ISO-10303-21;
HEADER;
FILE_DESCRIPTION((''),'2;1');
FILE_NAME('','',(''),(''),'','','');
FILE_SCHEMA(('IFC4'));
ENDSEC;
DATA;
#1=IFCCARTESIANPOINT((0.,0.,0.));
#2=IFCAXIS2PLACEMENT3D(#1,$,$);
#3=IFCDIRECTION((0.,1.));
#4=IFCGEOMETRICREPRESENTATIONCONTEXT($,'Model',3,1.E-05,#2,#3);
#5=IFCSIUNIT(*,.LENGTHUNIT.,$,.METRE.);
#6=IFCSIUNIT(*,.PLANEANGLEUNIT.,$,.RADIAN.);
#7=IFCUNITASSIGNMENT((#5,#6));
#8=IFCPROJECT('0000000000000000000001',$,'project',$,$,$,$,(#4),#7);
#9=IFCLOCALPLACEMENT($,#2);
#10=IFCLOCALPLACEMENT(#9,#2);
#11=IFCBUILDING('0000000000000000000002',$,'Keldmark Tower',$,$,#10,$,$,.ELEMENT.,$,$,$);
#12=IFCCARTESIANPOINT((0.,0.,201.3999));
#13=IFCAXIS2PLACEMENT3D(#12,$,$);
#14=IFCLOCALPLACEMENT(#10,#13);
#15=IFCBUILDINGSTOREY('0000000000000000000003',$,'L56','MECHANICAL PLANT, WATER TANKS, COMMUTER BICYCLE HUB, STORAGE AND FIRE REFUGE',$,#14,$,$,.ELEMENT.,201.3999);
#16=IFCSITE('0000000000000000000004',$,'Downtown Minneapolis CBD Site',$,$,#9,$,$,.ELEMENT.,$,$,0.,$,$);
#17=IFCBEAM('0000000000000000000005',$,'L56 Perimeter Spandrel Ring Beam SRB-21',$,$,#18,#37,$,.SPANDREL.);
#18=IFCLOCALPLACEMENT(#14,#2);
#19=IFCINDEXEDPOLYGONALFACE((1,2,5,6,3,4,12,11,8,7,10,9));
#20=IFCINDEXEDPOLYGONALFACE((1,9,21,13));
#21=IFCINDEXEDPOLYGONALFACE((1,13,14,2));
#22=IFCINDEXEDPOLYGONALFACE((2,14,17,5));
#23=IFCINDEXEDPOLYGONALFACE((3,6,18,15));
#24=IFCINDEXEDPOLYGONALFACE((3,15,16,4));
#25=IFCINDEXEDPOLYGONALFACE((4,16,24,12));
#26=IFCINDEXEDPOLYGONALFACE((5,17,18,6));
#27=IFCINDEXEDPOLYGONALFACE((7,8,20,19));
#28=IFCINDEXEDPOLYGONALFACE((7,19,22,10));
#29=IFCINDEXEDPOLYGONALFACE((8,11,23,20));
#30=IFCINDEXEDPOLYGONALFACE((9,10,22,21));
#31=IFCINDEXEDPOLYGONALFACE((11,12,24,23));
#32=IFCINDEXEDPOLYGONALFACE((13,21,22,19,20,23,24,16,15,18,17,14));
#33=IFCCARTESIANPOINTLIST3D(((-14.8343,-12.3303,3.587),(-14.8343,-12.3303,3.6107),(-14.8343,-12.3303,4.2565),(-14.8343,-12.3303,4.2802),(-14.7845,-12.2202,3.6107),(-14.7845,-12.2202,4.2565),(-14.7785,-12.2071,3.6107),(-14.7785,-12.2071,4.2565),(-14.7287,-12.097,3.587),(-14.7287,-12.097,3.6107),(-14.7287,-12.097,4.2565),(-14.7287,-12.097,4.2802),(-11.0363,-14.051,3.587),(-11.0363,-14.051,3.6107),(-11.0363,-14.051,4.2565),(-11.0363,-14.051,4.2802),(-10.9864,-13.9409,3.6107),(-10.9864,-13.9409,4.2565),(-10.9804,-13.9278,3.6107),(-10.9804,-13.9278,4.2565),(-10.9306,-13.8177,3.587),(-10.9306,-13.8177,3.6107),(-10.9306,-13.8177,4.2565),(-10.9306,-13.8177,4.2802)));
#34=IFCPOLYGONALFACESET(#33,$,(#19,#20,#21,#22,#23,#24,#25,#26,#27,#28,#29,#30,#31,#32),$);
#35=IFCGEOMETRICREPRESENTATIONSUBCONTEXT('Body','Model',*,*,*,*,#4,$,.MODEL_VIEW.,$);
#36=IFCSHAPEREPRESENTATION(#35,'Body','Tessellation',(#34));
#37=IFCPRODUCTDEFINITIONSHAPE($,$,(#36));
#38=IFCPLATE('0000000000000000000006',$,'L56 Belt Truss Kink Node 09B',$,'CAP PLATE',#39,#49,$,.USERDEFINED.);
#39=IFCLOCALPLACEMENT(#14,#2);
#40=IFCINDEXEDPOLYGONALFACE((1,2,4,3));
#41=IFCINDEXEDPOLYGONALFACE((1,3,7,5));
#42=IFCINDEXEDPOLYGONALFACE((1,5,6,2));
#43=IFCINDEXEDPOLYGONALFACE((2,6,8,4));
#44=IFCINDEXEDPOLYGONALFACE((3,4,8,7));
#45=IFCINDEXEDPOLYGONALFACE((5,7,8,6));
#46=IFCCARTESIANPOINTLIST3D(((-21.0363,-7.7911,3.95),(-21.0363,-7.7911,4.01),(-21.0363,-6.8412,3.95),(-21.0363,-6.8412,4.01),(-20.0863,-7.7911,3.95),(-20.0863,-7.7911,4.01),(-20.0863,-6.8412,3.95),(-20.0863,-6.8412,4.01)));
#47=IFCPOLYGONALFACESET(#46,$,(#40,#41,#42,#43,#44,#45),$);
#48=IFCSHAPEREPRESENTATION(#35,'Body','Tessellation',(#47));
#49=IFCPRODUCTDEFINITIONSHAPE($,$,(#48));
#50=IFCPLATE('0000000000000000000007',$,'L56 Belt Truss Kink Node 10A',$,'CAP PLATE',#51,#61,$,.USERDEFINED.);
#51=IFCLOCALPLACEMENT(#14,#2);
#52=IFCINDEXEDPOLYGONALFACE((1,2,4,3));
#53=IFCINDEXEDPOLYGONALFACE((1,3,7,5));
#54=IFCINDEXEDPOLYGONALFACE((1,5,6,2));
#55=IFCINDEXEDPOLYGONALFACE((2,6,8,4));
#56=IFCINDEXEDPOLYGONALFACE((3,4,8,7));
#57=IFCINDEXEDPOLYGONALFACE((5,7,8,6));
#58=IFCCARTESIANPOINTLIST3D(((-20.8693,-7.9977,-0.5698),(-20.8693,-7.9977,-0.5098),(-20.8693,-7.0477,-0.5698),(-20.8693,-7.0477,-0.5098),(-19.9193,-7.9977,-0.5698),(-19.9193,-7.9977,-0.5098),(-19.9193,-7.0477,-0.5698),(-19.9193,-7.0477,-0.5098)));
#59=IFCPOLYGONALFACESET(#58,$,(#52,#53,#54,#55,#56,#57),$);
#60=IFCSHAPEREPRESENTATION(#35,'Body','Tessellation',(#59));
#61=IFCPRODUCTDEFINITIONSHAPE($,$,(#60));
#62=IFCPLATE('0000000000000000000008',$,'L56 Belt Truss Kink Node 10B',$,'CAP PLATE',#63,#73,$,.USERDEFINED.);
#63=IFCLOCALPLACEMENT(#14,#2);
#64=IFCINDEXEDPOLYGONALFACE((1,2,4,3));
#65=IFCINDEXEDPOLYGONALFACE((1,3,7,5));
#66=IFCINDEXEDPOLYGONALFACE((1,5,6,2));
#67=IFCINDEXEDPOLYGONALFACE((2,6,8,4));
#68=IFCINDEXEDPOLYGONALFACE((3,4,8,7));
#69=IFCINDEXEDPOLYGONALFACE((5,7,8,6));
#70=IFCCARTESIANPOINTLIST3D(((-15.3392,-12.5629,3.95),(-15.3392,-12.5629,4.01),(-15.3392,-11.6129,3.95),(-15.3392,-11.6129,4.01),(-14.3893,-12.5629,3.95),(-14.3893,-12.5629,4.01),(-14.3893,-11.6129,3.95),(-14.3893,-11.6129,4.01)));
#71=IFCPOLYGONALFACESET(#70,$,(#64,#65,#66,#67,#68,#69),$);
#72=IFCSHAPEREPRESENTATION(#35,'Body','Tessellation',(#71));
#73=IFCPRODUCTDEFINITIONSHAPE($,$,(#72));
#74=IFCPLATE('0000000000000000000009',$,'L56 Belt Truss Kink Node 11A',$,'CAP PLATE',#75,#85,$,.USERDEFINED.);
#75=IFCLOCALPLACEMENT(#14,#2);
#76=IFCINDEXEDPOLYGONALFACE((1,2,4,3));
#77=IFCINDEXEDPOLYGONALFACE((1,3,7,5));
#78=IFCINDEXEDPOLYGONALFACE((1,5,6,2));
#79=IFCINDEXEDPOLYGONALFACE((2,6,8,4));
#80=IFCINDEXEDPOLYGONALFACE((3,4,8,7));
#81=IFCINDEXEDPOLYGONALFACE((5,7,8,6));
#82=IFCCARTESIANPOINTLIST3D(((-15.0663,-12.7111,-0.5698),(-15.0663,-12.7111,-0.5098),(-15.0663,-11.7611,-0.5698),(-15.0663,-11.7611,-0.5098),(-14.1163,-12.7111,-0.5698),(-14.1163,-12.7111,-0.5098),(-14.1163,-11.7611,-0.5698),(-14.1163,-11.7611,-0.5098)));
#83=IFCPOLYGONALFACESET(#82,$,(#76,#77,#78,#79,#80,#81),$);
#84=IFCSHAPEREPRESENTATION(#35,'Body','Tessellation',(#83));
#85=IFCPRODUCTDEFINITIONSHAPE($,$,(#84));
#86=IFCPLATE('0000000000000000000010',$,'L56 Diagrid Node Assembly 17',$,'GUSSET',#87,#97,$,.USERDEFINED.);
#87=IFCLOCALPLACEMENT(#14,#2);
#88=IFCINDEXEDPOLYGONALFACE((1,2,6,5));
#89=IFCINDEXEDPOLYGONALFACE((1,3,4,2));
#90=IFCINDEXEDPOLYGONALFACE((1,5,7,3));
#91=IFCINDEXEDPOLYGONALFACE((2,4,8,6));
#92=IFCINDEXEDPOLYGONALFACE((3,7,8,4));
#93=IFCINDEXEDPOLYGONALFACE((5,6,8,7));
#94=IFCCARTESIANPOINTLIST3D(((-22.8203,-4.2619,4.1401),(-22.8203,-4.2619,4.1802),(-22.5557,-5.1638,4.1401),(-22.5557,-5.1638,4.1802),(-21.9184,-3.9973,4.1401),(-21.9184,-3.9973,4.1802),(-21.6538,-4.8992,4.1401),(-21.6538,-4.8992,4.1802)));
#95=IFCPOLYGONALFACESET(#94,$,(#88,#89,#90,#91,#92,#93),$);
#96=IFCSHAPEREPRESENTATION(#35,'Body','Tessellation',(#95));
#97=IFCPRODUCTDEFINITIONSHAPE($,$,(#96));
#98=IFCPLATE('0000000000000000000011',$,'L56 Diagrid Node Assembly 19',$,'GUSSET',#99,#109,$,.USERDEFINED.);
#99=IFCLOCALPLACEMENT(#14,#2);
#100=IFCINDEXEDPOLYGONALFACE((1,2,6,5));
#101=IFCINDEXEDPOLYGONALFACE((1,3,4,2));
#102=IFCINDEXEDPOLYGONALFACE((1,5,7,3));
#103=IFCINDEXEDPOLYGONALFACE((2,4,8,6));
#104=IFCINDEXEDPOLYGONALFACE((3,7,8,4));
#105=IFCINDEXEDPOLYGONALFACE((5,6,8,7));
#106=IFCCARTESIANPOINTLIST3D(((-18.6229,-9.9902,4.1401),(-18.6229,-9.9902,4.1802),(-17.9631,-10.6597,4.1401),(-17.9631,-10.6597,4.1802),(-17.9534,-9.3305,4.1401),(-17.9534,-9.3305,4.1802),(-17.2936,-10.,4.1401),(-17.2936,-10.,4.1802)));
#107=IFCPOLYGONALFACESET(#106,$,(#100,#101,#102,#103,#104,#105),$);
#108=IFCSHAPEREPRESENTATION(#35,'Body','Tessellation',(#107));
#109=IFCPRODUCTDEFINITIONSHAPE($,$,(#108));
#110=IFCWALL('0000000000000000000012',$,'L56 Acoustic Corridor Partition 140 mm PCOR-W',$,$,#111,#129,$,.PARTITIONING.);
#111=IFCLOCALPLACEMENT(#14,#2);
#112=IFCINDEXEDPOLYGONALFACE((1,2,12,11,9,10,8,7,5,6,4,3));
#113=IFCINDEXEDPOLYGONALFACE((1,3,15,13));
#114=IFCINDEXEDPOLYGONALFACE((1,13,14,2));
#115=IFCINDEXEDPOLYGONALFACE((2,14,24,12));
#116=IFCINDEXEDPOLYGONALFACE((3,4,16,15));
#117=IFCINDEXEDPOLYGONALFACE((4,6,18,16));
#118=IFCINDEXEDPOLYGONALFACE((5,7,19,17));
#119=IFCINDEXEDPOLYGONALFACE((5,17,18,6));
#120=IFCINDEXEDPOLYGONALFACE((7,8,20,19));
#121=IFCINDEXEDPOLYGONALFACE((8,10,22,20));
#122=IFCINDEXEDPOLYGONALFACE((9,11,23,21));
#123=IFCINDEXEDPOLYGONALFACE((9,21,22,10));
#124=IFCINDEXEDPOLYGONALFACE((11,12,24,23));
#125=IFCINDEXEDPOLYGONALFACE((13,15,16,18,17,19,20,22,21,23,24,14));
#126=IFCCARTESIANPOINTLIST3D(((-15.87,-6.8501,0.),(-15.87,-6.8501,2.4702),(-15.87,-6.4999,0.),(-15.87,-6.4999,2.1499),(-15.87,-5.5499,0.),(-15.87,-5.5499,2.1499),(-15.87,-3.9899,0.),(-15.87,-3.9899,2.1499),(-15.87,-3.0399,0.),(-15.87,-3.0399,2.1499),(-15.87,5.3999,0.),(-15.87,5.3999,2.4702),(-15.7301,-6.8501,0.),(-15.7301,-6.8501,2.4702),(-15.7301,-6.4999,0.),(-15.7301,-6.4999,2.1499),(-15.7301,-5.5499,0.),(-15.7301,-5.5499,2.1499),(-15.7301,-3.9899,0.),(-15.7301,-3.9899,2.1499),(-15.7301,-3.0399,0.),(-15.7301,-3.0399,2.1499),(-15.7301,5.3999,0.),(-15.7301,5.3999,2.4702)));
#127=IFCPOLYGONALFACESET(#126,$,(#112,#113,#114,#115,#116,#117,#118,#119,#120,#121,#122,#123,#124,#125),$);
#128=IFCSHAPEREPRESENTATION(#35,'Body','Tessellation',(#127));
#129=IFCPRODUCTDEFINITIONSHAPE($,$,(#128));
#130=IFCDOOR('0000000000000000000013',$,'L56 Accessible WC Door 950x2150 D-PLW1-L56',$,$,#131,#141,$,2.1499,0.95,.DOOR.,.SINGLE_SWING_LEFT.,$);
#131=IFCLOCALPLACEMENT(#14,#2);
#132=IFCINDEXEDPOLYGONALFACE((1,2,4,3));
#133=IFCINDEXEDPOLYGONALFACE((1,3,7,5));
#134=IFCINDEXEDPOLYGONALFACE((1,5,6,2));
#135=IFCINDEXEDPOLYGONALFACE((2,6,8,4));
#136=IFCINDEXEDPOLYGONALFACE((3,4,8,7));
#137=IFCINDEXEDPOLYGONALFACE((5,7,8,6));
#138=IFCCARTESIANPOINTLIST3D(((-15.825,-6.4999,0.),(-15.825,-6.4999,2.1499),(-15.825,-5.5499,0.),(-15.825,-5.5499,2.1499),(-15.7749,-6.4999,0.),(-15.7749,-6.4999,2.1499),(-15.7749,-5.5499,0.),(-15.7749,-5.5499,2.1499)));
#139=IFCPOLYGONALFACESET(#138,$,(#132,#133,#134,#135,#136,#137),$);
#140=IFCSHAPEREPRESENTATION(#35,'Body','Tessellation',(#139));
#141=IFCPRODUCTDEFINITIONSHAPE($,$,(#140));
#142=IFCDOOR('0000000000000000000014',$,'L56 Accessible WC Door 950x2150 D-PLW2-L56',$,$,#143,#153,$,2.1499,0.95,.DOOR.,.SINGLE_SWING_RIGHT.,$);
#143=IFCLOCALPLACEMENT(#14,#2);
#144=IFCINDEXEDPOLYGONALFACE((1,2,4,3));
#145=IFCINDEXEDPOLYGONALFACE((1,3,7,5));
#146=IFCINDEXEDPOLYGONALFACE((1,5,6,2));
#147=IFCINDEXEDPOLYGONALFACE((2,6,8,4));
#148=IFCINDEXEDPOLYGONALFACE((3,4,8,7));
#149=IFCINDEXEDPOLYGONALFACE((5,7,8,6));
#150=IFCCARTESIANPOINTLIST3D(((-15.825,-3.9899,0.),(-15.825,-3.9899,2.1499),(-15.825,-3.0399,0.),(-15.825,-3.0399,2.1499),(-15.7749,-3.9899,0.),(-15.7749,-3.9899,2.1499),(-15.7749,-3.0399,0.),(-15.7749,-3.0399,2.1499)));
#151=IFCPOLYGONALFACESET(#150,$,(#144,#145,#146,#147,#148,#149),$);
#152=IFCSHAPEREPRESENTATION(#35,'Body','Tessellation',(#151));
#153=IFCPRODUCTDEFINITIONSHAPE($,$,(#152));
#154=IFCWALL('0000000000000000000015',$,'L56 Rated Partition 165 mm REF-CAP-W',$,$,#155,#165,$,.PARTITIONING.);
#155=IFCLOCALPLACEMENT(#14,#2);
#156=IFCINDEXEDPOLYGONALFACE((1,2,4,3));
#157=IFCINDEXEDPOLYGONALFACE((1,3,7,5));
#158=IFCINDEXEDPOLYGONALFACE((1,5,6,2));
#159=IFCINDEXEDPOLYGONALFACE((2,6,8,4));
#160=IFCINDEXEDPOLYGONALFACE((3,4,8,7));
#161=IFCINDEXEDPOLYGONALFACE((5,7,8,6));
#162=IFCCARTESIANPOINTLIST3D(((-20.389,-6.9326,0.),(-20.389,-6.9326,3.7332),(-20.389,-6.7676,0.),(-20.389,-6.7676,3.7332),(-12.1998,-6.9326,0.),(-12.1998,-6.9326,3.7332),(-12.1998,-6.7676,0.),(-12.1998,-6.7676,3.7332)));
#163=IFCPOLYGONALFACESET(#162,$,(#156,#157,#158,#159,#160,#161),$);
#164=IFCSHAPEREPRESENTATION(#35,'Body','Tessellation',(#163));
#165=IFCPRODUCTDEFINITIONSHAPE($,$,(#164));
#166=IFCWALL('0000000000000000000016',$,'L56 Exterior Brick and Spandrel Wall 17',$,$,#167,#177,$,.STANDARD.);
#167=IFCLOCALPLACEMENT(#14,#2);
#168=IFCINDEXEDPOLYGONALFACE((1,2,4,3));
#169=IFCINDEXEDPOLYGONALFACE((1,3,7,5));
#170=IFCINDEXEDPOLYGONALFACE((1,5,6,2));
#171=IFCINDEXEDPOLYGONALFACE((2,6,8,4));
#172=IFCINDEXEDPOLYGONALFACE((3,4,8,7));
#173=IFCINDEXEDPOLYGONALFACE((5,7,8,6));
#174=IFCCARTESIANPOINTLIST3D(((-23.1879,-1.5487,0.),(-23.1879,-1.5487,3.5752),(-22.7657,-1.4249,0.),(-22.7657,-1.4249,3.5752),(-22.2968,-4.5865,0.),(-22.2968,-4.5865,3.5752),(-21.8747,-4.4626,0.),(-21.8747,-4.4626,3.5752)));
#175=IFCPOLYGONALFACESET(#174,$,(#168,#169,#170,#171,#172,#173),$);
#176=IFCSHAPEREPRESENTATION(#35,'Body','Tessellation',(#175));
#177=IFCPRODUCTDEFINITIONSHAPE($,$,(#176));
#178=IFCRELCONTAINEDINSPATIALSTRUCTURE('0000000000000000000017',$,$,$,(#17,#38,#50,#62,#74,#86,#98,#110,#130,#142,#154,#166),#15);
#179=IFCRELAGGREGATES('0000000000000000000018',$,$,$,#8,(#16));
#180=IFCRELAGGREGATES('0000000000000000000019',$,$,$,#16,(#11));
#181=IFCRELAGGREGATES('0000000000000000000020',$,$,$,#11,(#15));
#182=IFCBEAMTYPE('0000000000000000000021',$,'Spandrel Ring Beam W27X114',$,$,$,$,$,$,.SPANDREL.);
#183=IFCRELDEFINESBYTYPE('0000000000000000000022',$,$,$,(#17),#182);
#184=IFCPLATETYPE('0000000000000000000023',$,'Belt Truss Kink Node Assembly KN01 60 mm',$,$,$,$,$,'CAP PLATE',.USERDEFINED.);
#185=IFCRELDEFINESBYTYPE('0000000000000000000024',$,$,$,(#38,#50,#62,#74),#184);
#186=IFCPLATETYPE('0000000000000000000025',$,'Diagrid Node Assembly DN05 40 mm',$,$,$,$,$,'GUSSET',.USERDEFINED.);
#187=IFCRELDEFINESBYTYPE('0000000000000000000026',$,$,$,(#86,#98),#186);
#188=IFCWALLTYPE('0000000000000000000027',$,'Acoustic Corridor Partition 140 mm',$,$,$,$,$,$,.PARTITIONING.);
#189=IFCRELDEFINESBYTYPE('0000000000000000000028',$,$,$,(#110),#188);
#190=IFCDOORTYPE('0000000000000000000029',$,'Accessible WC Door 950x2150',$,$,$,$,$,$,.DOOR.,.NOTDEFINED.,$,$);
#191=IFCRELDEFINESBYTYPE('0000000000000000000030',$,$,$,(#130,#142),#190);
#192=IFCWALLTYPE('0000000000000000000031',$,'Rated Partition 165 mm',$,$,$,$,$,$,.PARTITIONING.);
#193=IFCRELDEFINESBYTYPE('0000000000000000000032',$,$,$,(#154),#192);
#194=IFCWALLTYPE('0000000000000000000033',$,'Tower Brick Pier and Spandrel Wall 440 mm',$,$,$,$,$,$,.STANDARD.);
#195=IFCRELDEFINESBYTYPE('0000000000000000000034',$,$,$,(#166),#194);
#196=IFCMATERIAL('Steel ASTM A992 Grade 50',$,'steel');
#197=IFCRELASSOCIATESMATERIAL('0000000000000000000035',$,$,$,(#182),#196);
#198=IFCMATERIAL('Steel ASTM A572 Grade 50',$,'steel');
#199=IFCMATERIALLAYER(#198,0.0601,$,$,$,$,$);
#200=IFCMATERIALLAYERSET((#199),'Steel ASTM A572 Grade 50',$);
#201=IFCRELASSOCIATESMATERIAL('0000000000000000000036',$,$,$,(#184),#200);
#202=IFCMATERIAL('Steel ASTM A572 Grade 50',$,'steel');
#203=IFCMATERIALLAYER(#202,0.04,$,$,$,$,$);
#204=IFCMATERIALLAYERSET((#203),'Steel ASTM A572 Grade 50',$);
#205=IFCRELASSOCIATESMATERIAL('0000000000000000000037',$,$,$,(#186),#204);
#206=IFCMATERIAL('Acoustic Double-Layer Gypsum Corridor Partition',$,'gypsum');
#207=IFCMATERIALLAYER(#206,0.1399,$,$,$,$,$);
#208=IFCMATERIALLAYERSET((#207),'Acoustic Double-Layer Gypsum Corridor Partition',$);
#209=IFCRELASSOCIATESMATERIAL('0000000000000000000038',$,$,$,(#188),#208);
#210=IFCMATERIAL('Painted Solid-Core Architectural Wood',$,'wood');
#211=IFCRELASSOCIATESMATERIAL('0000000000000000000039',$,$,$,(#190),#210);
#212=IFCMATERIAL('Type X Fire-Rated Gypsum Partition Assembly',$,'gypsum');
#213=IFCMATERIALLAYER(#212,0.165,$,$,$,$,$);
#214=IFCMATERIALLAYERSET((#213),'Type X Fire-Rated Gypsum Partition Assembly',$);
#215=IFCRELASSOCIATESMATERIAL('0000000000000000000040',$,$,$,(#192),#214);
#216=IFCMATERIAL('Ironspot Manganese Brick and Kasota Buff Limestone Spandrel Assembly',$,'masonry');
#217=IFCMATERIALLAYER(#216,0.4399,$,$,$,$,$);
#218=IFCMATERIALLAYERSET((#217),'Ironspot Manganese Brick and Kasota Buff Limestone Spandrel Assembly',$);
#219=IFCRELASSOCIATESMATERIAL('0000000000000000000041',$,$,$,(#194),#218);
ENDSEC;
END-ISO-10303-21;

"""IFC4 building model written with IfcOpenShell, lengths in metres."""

from ifc_helpers import new_model, si_unit, direction, frame, frame_2d, origin, origin_2d, place, context, subcontext, project, spatial, rectangle, i_section, extrude, material, layer, layer_set, material_profile, profile_set, type_object, element, fill, save


model = new_model("IFC4")

# Units and contexts
model_context = context("Model", 3, precision=1e-05, world=origin(), true_north=direction((0.0, 1.0)))
body_context = subcontext(model_context, "Body", "Model", "MODEL_VIEW")
ifc_project = project(units=[si_unit("LENGTHUNIT", "METRE"), si_unit("PLANEANGLEUNIT", "RADIAN")], contexts=[model_context])

# Site, building, storey
site_placement = place(None, origin())
site = spatial("IfcSite", under=ifc_project, at=site_placement, Name="Downtown Minneapolis CBD Site", CompositionType="ELEMENT", RefElevation=0.0)
building_placement = place(site_placement, origin())
building = spatial("IfcBuilding", under=site, at=building_placement, Name="Keldmark Tower", CompositionType="ELEMENT")
storey_placement = place(building_placement, frame((0.0, 0.0, 201.3999)))
storey = spatial("IfcBuildingStorey", under=building, at=storey_placement, Name="L56", Description="MECHANICAL PLANT, WATER TANKS, COMMUTER BICYCLE HUB, STORAGE AND FIRE REFUGE", CompositionType="ELEMENT", Elevation=201.3999)

# Beam
ifc_material_1 = material(Name="Steel ASTM A992 Grade 50", Category="steel")
ifc_material_profile_1 = material_profile(ifc_material_1, i_section(OverallWidth=0.2561, OverallDepth=0.6931, WebThickness=0.0144, FlangeThickness=0.0237, at=origin_2d()), Name="W27X114")
ifc_profile_set_1 = profile_set([ifc_material_profile_1], Name="Steel ASTM A992 Grade 50")
beam_type_1 = type_object("IfcBeamType", Name="Spandrel Ring Beam W27X114", PredefinedType="SPANDREL", material=ifc_profile_set_1)
beam_1_placement = place(storey_placement, frame((-14.7815, -12.2136, 3.9336), z_axis=(0.910881, -0.412669, 0.0), x_axis=(0.412669, 0.910881, 0.0)))
element("IfcBeam", 1, at=beam_1_placement, inside=storey, type_object=beam_type_1, Name="L56 Perimeter Spandrel Ring Beam SRB-21", PredefinedType="SPANDREL", context=body_context, shape_type="SweptSolid", body=[
    extrude(i_section(OverallWidth=0.2561, OverallDepth=0.6931, WebThickness=0.0144, FlangeThickness=0.0237, at=origin_2d()), origin(), (0.0, 0.0, 1.0), 4.1697),
])

# Plates
ifc_material_2 = material(Name="Steel ASTM A572 Grade 50", Category="steel")
ifc_layer_1 = layer(ifc_material_2, 0.0601)
ifc_layer_set_1 = layer_set([ifc_layer_1], Name="Steel ASTM A572 Grade 50")
plate_type_1 = type_object("IfcPlateType", Name="Belt Truss Kink Node Assembly KN01 60 mm", ElementType="CAP PLATE", PredefinedType="USERDEFINED", material=ifc_layer_set_1)
for number, where, z_axis, x_axis, name in (
    (2, (-20.5613, -7.3162, 3.95), (0.0, 0.0, 1.0), (1.0, 0.0, 0.0), "L56 Belt Truss Kink Node 09B"),
    (3, (-20.3943, -7.5227, -0.5698), (0.0, 0.0, 1.0), (1.0, 0.0, 0.0), "L56 Belt Truss Kink Node 10A"),
    (4, (-14.8643, -12.0879, 3.95), (0.0, 0.0, 1.0), (1.0, 0.0, 0.0), "L56 Belt Truss Kink Node 10B"),
    (5, (-14.5913, -12.2361, -0.5698), (0.0, 0.0, 1.0), (1.0, 0.0, 0.0), "L56 Belt Truss Kink Node 11A"),
):
    element("IfcPlate", number, at=place(storey_placement, frame(where, z_axis=z_axis, x_axis=x_axis)), inside=storey, type_object=plate_type_1, Name=name, ObjectType="CAP PLATE", PredefinedType="USERDEFINED", context=body_context, shape_type="SweptSolid", body=[
        extrude(rectangle(XDim=0.95, YDim=0.95, at=origin_2d()), origin(), (0.0, 0.0, 1.0), 0.0601),
    ])
ifc_material_3 = material(Name="Steel ASTM A572 Grade 50", Category="steel")
ifc_layer_2 = layer(ifc_material_3, 0.04)
ifc_layer_set_2 = layer_set([ifc_layer_2], Name="Steel ASTM A572 Grade 50")
plate_type_2 = type_object("IfcPlateType", Name="Diagrid Node Assembly DN05 40 mm", ElementType="GUSSET", PredefinedType="USERDEFINED", material=ifc_layer_set_2)
for number, where, z_axis, x_axis, name in (
    (6, (-22.2371, -4.5806, 4.1401), (0.0, 0.0, 1.0), (0.281504, -0.95956, 0.0), "L56 Diagrid Node Assembly 17"),
    (7, (-17.9583, -9.9951, 4.1401), (0.0, 0.0, 1.0), (0.701904, -0.712271, 0.0), "L56 Diagrid Node Assembly 19"),
):
    element("IfcPlate", number, at=place(storey_placement, frame(where, z_axis=z_axis, x_axis=x_axis)), inside=storey, type_object=plate_type_2, Name=name, ObjectType="GUSSET", PredefinedType="USERDEFINED", context=body_context, shape_type="SweptSolid", body=[
        extrude(rectangle(XDim=0.9399, YDim=0.9399, at=origin_2d()), origin(), (0.0, 0.0, 1.0), 0.04),
    ])

# Wall, openings, doors
ifc_material_4 = material(Name="Acoustic Double-Layer Gypsum Corridor Partition", Category="gypsum")
ifc_layer_3 = layer(ifc_material_4, 0.1399)
ifc_layer_set_3 = layer_set([ifc_layer_3], Name="Acoustic Double-Layer Gypsum Corridor Partition")
wall_type_1 = type_object("IfcWallType", Name="Acoustic Corridor Partition 140 mm", PredefinedType="PARTITIONING", material=ifc_layer_set_3)
wall_1_placement = place(storey_placement, frame((-15.8, -6.8501, 0.0), z_axis=(0.0, 0.0, 1.0), x_axis=(0.0, 1.0, 0.0)))
wall_1 = element("IfcWall", 8, at=wall_1_placement, inside=storey, type_object=wall_type_1, Name="L56 Acoustic Corridor Partition 140 mm PCOR-W", PredefinedType="PARTITIONING", context=body_context, shape_type="SweptSolid", body=[
    extrude(rectangle(XDim=12.25, YDim=0.1399, at=frame_2d((6.125, 0.0))), origin(), (0.0, 0.0, 1.0), 2.4702),
])
opening_1_placement = place(wall_1_placement, frame((0.3501, 0.0, 0.0)))
opening_1 = element("IfcOpeningElement", 9, at=opening_1_placement, cuts=wall_1, PredefinedType="OPENING", context=body_context, shape_type="SweptSolid", body=[
    extrude(rectangle(XDim=0.95, YDim=2.1499, at=frame_2d((0.4751, 1.075))), frame((0.0, 0.0798, 0.0), z_axis=(0.0, -1.0, 0.0), x_axis=(1.0, 0.0, 0.0)), (0.0, 0.0, 1.0), 0.1599),
])
opening_2_placement = place(wall_1_placement, frame((2.8601, 0.0, 0.0)))
opening_2 = element("IfcOpeningElement", 10, at=opening_2_placement, cuts=wall_1, PredefinedType="OPENING", context=body_context, shape_type="SweptSolid", body=[
    extrude(rectangle(XDim=0.95, YDim=2.1499, at=frame_2d((0.4751, 1.075))), frame((0.0, 0.0798, 0.0), z_axis=(0.0, -1.0, 0.0), x_axis=(1.0, 0.0, 0.0)), (0.0, 0.0, 1.0), 0.1599),
])
ifc_material_5 = material(Name="Painted Solid-Core Architectural Wood", Category="wood")
door_type = type_object("IfcDoorType", Name="Accessible WC Door 950x2150", OperationType="NOTDEFINED", PredefinedType="DOOR", material=ifc_material_5)
door_1_placement = place(opening_1_placement, origin())
door_1 = element("IfcDoor", 11, at=door_1_placement, inside=storey, type_object=door_type, Name="L56 Accessible WC Door 950x2150 D-PLW1-L56", OperationType="SINGLE_SWING_LEFT", OverallHeight=2.1499, OverallWidth=0.95, PredefinedType="DOOR", context=body_context, shape_type="SweptSolid", body=[
    extrude(rectangle(XDim=0.95, YDim=2.1499, at=frame_2d((0.4751, 1.075))), frame((0.0, 0.0249, 0.0), z_axis=(0.0, -1.0, 0.0), x_axis=(1.0, 0.0, 0.0)), (0.0, 0.0, 1.0), 0.05),
])
fill(opening_1, door_1)
door_2_placement = place(opening_2_placement, origin())
door_2 = element("IfcDoor", 12, at=door_2_placement, inside=storey, type_object=door_type, Name="L56 Accessible WC Door 950x2150 D-PLW2-L56", OperationType="SINGLE_SWING_RIGHT", OverallHeight=2.1499, OverallWidth=0.95, PredefinedType="DOOR", context=body_context, shape_type="SweptSolid", body=[
    extrude(rectangle(XDim=0.95, YDim=2.1499, at=frame_2d((0.4751, 1.075))), frame((0.0, 0.0249, 0.0), z_axis=(0.0, -1.0, 0.0), x_axis=(1.0, 0.0, 0.0)), (0.0, 0.0, 1.0), 0.05),
])
fill(opening_2, door_2)

# Walls
ifc_material_6 = material(Name="Type X Fire-Rated Gypsum Partition Assembly", Category="gypsum")
ifc_layer_4 = layer(ifc_material_6, 0.165)
ifc_layer_set_4 = layer_set([ifc_layer_4], Name="Type X Fire-Rated Gypsum Partition Assembly")
wall_type_2 = type_object("IfcWallType", Name="Rated Partition 165 mm", PredefinedType="PARTITIONING", material=ifc_layer_set_4)
wall_2_placement = place(storey_placement, frame((-20.3892, -6.8501, 0.0), z_axis=(0.0, 0.0, 1.0), x_axis=(1.0, 0.0, 0.0)))
element("IfcWall", 13, at=wall_2_placement, inside=storey, type_object=wall_type_2, Name="L56 Rated Partition 165 mm REF-CAP-W", PredefinedType="PARTITIONING", context=body_context, shape_type="SweptSolid", body=[
    extrude(rectangle(XDim=8.1892, YDim=0.165, at=frame_2d((4.0947, 0.0))), origin(), (0.0, 0.0, 1.0), 3.7332),
])
ifc_material_7 = material(Name="Ironspot Manganese Brick and Kasota Buff Limestone Spandrel Assembly", Category="masonry")
ifc_layer_5 = layer(ifc_material_7, 0.4399)
ifc_layer_set_5 = layer_set([ifc_layer_5], Name="Ironspot Manganese Brick and Kasota Buff Limestone Spandrel Assembly")
wall_type_3 = type_object("IfcWallType", Name="Tower Brick Pier and Spandrel Wall 440 mm", PredefinedType="STANDARD", material=ifc_layer_set_5)
wall_3_placement = place(storey_placement, frame((-22.0857, -4.5247, 0.0), z_axis=(0.0, 0.0, 1.0), x_axis=(-0.281477, 0.959568, 0.0)))
element("IfcWall", 14, at=wall_3_placement, inside=storey, type_object=wall_type_3, Name="L56 Exterior Brick and Spandrel Wall 17", PredefinedType="STANDARD", context=body_context, shape_type="SweptSolid", body=[
    extrude(rectangle(XDim=3.1658, YDim=0.4399, at=frame_2d((1.583, 0.0))), origin(), (0.0, 0.0, 1.0), 3.5752),
])

save(model, "model.ifc")
